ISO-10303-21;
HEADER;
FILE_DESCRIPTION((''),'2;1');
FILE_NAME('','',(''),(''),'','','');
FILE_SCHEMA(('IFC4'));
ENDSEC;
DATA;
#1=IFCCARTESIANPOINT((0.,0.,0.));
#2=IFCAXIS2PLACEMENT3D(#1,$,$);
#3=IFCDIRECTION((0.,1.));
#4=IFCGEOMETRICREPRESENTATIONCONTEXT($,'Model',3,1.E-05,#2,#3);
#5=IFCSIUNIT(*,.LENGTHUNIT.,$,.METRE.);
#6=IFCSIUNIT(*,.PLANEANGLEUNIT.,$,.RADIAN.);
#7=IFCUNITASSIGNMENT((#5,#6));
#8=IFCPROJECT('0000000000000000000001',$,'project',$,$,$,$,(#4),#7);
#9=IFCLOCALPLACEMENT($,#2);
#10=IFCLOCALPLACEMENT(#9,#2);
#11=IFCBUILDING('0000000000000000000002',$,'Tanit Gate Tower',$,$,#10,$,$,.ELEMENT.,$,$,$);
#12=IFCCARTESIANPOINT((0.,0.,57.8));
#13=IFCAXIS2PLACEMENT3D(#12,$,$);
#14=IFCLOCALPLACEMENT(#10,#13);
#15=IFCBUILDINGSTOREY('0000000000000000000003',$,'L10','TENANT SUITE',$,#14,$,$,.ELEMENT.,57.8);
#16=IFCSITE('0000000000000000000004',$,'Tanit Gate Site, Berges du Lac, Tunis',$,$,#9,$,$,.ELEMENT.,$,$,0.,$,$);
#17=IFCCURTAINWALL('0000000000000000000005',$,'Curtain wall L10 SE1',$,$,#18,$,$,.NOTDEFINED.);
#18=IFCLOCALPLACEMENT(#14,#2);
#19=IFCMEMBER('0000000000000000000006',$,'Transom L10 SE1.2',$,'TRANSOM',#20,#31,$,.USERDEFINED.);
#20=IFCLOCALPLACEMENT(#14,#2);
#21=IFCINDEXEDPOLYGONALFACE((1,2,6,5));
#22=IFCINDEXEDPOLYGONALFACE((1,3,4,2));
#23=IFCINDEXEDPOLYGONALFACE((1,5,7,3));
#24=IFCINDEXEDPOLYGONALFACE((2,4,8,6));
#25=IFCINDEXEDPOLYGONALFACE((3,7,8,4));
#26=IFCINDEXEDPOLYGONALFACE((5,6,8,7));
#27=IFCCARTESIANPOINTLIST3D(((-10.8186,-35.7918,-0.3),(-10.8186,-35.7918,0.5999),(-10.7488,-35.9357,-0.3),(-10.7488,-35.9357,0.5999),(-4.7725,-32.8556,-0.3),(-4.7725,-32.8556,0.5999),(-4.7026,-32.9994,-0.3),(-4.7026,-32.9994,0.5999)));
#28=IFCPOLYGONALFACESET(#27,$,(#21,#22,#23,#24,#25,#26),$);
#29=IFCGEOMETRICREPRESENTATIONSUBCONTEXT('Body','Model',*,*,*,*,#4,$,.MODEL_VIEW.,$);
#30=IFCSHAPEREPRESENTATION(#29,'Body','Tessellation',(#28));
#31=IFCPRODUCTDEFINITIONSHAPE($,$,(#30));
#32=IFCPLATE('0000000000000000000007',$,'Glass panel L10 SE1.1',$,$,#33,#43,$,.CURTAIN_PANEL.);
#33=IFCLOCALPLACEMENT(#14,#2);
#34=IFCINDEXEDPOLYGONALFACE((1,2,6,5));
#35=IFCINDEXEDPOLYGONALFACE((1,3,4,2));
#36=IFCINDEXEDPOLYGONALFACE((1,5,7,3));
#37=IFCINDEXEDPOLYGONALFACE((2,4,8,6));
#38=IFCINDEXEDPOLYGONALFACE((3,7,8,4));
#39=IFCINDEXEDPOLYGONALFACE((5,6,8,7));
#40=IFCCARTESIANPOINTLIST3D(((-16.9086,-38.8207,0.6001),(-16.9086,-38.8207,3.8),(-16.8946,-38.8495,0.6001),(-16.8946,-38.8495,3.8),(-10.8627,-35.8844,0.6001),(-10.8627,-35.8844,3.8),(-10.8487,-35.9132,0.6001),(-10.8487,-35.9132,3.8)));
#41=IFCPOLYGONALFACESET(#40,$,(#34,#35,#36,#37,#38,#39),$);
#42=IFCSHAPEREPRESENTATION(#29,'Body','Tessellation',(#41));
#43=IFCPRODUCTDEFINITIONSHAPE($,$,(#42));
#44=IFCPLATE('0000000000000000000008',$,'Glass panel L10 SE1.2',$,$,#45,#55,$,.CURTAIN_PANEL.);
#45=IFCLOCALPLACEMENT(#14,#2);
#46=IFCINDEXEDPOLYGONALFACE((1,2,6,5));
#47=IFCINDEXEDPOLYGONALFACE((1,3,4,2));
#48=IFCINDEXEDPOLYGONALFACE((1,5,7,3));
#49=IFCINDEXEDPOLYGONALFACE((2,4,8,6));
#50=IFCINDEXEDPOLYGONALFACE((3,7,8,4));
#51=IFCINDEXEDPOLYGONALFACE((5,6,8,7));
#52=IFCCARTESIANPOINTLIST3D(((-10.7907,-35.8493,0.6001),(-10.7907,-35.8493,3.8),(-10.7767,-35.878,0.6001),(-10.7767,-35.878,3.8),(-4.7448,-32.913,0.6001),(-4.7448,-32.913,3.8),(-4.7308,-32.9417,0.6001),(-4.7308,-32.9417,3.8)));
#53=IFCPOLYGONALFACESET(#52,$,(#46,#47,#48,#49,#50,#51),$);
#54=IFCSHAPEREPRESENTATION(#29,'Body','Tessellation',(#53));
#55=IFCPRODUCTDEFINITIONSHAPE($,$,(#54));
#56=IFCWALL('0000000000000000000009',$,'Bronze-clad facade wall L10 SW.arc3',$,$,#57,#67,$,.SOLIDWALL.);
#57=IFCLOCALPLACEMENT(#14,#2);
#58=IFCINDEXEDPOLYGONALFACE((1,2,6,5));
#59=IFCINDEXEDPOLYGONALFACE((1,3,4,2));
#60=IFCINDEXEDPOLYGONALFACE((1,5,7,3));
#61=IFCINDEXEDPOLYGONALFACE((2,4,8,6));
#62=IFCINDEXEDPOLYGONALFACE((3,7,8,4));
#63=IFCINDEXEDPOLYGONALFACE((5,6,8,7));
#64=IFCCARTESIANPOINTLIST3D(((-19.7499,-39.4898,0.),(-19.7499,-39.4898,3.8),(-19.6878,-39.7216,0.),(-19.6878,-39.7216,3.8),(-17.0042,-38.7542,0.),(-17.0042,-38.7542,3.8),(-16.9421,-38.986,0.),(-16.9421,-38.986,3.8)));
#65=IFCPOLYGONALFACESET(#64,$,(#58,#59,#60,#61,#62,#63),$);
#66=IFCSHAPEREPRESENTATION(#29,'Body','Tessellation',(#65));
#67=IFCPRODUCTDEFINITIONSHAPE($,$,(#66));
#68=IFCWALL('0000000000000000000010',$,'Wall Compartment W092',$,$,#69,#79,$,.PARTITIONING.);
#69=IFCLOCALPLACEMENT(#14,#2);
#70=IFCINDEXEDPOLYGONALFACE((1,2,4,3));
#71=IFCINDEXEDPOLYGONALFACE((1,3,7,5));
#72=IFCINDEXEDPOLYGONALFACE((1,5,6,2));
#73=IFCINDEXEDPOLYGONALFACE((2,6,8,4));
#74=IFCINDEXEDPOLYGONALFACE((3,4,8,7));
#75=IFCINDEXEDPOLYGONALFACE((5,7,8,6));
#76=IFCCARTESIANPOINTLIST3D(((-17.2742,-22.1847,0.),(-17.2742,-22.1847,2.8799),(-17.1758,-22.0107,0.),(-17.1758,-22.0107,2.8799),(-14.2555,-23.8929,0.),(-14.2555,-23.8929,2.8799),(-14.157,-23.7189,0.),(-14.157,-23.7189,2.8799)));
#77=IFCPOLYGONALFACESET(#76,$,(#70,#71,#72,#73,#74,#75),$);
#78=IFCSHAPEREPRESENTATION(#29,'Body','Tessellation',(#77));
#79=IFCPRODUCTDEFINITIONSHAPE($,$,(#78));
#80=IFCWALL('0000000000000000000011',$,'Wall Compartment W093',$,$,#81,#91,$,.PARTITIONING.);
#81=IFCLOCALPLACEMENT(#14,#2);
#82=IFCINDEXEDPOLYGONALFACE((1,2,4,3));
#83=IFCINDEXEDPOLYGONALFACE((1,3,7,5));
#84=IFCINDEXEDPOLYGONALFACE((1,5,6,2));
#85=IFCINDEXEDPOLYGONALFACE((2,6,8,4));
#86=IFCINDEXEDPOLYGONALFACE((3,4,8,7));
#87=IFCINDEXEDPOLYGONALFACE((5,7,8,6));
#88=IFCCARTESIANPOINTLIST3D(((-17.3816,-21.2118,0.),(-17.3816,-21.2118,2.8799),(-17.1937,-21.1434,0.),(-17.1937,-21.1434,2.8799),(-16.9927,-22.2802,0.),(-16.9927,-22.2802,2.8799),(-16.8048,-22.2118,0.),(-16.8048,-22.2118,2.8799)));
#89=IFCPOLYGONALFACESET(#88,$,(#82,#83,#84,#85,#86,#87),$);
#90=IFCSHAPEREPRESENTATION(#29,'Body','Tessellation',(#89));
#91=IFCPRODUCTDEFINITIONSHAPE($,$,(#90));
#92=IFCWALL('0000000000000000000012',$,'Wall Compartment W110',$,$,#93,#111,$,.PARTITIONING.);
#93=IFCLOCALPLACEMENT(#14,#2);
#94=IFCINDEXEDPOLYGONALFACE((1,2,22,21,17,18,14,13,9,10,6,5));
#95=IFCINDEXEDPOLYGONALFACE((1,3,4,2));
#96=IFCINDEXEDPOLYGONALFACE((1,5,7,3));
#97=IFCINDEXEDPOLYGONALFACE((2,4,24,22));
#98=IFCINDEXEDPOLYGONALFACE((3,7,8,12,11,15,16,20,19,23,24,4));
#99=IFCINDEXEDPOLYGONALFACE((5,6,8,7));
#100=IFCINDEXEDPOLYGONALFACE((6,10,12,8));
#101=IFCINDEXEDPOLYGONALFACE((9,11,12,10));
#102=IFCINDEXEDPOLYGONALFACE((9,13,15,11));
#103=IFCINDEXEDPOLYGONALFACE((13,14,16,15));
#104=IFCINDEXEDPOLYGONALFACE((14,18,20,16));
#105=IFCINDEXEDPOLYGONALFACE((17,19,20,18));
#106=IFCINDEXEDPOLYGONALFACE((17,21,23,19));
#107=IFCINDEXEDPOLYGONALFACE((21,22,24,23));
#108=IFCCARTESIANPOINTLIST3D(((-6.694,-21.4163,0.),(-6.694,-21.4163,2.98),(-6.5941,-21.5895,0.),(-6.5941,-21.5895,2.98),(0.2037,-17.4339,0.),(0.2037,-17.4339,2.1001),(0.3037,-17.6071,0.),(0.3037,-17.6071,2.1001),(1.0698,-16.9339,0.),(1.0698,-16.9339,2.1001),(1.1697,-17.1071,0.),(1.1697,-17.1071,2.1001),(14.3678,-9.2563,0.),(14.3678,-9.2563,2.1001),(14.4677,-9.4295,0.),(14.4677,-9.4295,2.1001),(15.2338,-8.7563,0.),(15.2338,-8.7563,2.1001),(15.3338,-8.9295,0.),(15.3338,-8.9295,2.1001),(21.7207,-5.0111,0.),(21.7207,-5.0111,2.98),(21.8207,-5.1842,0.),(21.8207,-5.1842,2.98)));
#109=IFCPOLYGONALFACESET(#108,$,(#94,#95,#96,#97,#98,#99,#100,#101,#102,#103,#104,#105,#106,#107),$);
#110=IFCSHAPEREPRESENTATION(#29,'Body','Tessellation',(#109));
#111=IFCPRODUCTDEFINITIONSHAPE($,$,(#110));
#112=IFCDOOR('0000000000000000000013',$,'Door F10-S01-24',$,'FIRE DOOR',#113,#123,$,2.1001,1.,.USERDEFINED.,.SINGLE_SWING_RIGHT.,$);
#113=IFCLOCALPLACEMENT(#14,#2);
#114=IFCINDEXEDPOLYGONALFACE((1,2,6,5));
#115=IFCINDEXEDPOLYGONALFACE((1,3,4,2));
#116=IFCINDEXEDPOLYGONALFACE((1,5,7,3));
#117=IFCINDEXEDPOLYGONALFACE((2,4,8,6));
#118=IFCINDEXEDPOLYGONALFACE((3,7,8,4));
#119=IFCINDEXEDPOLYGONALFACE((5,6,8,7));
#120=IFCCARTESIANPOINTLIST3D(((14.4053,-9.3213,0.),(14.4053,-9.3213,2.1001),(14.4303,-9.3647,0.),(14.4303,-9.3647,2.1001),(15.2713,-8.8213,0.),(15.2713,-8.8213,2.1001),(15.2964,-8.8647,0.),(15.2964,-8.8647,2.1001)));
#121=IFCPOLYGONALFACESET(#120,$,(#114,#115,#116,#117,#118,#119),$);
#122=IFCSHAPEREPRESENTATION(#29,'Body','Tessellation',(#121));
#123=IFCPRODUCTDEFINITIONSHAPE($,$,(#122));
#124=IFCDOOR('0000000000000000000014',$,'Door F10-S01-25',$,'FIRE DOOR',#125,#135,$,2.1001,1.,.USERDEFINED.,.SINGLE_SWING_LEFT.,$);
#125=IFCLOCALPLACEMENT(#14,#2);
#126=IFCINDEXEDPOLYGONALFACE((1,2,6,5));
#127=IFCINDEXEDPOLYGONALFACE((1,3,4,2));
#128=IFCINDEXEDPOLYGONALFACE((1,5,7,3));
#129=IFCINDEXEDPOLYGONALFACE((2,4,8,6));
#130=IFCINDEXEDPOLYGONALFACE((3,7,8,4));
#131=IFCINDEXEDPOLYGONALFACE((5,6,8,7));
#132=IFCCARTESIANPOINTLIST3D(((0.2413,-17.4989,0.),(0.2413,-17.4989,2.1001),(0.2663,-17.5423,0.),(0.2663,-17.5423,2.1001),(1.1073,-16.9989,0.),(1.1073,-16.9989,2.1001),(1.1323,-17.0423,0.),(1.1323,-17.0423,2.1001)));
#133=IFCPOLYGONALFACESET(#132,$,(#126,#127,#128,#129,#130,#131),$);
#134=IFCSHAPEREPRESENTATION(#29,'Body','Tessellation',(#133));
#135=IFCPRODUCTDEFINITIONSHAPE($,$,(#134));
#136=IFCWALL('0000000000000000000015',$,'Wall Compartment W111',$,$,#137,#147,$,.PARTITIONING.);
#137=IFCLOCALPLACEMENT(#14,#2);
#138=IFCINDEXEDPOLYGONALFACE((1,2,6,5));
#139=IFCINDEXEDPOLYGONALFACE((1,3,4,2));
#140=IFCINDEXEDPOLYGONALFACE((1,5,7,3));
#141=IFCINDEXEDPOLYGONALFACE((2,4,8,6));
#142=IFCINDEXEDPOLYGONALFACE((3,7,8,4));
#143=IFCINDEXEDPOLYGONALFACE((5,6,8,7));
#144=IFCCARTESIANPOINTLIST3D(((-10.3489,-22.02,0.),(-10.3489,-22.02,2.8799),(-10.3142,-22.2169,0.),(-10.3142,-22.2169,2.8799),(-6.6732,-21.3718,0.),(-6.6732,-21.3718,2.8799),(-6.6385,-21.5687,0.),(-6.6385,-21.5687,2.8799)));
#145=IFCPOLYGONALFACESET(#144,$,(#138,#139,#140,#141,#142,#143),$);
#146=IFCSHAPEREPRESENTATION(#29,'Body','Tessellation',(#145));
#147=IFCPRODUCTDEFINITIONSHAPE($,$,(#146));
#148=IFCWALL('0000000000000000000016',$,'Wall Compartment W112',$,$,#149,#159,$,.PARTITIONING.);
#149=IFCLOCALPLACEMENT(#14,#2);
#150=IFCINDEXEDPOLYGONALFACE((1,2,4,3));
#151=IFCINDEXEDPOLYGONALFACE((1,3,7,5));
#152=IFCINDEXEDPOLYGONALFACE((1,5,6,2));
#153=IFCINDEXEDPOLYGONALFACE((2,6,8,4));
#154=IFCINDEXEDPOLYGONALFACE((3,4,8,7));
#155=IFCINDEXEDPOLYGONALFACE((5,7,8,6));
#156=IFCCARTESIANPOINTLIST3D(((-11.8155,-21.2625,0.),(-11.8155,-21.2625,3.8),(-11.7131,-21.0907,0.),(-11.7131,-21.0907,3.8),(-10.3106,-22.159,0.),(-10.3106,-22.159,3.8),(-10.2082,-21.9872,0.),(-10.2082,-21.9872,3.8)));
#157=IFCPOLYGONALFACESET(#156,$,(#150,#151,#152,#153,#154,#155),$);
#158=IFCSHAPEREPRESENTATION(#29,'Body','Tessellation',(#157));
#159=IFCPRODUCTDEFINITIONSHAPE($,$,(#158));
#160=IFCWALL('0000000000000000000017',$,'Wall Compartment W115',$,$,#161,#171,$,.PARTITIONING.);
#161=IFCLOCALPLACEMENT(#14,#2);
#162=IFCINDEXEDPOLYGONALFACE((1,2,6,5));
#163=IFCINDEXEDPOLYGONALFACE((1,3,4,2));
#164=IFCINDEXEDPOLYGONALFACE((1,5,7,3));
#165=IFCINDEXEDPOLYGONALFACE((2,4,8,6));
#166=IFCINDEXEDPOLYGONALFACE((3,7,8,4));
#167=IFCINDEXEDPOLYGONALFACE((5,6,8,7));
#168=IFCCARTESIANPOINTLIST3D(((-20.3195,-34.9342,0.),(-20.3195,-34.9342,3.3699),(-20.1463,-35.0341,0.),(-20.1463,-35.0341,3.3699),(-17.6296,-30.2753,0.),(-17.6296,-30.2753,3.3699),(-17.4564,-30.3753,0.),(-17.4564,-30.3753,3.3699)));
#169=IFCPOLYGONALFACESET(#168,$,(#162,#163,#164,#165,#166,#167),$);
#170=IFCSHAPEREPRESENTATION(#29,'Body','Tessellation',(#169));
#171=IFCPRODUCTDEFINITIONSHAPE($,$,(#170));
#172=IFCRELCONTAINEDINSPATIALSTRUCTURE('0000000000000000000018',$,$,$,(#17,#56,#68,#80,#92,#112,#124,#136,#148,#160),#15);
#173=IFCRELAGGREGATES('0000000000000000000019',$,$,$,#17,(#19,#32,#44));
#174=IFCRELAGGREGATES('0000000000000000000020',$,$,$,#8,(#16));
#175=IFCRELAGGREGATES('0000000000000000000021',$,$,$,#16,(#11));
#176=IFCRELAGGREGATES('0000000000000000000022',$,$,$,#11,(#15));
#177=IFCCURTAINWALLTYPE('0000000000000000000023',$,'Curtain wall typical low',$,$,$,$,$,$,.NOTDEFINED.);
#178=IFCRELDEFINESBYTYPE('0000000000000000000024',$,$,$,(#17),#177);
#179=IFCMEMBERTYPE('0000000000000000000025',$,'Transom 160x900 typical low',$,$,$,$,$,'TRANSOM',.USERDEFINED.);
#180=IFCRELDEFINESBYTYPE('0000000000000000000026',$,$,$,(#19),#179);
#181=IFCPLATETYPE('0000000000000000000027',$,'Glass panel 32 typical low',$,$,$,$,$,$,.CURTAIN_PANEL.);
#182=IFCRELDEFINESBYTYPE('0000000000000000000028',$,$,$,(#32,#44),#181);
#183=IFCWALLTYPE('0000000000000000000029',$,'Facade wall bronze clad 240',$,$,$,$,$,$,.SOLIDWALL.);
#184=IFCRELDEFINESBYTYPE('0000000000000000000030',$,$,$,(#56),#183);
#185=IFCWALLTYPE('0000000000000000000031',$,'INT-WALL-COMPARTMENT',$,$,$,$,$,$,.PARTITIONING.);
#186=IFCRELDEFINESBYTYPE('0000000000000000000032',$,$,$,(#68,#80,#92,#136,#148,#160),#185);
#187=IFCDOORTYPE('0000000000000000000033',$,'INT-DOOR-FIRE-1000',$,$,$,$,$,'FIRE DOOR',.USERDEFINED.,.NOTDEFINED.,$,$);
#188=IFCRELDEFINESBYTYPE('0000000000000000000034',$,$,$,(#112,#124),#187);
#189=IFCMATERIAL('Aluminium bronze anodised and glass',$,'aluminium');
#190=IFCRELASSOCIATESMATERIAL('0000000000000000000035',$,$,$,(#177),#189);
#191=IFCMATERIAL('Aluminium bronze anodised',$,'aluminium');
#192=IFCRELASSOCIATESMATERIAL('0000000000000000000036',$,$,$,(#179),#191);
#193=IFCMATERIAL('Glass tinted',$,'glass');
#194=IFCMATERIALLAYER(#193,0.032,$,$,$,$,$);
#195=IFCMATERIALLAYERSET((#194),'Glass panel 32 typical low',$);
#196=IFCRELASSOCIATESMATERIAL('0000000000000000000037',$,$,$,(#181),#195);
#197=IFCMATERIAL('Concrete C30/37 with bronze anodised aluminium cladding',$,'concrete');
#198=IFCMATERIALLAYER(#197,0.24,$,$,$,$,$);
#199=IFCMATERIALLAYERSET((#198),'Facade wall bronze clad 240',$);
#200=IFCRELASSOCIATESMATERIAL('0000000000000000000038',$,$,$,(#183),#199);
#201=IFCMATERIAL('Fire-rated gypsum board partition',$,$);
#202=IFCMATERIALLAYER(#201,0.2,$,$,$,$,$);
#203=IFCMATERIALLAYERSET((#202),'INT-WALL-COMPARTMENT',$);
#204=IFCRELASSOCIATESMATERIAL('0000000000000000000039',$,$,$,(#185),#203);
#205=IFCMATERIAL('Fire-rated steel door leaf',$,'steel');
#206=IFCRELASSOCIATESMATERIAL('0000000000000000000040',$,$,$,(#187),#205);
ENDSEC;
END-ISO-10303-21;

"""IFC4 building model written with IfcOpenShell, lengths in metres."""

from ifc_helpers import new_model, si_unit, direction, frame, frame_2d, origin, origin_2d, place, context, subcontext, project, spatial, rectangle, extrude, material, layer, layer_set, material_profile, profile_set, type_object, element, fill, aggregate, save


model = new_model("IFC4")

# Units and contexts
model_context = context("Model", 3, precision=1e-05, world=origin(), true_north=direction((0.0, 1.0)))
body_context = subcontext(model_context, "Body", "Model", "MODEL_VIEW")
ifc_project = project(units=[si_unit("LENGTHUNIT", "METRE"), si_unit("PLANEANGLEUNIT", "RADIAN")], contexts=[model_context])

# Site, building, storey
site_placement = place(None, origin())
site = spatial("IfcSite", under=ifc_project, at=site_placement, Name="Tanit Gate Site, Berges du Lac, Tunis", CompositionType="ELEMENT", RefElevation=0.0)
building_placement = place(site_placement, origin())
building = spatial("IfcBuilding", under=site, at=building_placement, Name="Tanit Gate Tower", CompositionType="ELEMENT")
storey_placement = place(building_placement, frame((0.0, 0.0, 57.8)))
storey = spatial("IfcBuildingStorey", under=building, at=storey_placement, Name="L10", Description="TENANT SUITE", CompositionType="ELEMENT", Elevation=57.8)

# Curtain wall
ifc_material_1 = material(Name="Aluminium bronze anodised and glass", Category="aluminium")
curtain_wall_type = type_object("IfcCurtainWallType", Name="Curtain wall typical low", PredefinedType="NOTDEFINED", material=ifc_material_1)
curtain_wall_placement = place(storey_placement, origin())
curtain_wall = element("IfcCurtainWall", 1, at=curtain_wall_placement, inside=storey, type_object=curtain_wall_type, Name="Curtain wall L10 SE1", PredefinedType="NOTDEFINED")

# Member
ifc_material_2 = material(Name="Aluminium bronze anodised", Category="aluminium")
ifc_material_profile_1 = material_profile(ifc_material_2, rectangle(XDim=0.1599, YDim=0.8999, at=origin_2d()), Name="160x900 bronze transom")
ifc_profile_set_1 = profile_set([ifc_material_profile_1], Name="Aluminium bronze anodised")
member_type_1 = type_object("IfcMemberType", Name="Transom 160x900 typical low", ElementType="TRANSOM", PredefinedType="USERDEFINED", material=ifc_profile_set_1)
member_1_placement = place(storey_placement, frame((-10.7837, -35.8638, 0.1499), z_axis=(0.899533, 0.436854, 0.0), x_axis=(-0.436854, 0.899533, 0.0)))
member_1 = element("IfcMember", 2, at=member_1_placement, type_object=member_type_1, Name="Transom L10 SE1.2", ObjectType="TRANSOM", PredefinedType="USERDEFINED", context=body_context, shape_type="SweptSolid", body=[
    extrude(rectangle(XDim=0.1599, YDim=0.8999, at=origin_2d()), origin(), (0.0, 0.0, 1.0), 6.7214),
])

# Plates
ifc_material_3 = material(Name="Glass tinted", Category="glass")
ifc_layer_1 = layer(ifc_material_3, 0.032)
ifc_layer_set_1 = layer_set([ifc_layer_1], Name="Glass panel 32 typical low")
plate_type = type_object("IfcPlateType", Name="Glass panel 32 typical low", PredefinedType="CURTAIN_PANEL", material=ifc_layer_set_1)
plate_1_placement = place(storey_placement, frame((-13.8787, -37.3669, 0.6001), z_axis=(0.0, 0.0, 1.0), x_axis=(0.899523, 0.436873, 0.0)))
plate_1 = element("IfcPlate", 3, at=plate_1_placement, type_object=plate_type, Name="Glass panel L10 SE1.1", PredefinedType="CURTAIN_PANEL", context=body_context, shape_type="SweptSolid", body=[
    extrude(rectangle(XDim=6.7212, YDim=0.032, at=origin_2d()), origin(), (0.0, 0.0, 1.0), 3.2),
])
plate_2_placement = place(storey_placement, frame((-7.7607, -34.3955, 0.6001), z_axis=(0.0, 0.0, 1.0), x_axis=(0.899523, 0.436873, 0.0)))
plate_2 = element("IfcPlate", 4, at=plate_2_placement, type_object=plate_type, Name="Glass panel L10 SE1.2", PredefinedType="CURTAIN_PANEL", context=body_context, shape_type="SweptSolid", body=[
    extrude(rectangle(XDim=6.7212, YDim=0.032, at=origin_2d()), origin(), (0.0, 0.0, 1.0), 3.2),
])
aggregate(curtain_wall, [member_1, plate_1, plate_2])

# Walls
ifc_material_4 = material(Name="Concrete C30/37 with bronze anodised aluminium cladding", Category="concrete")
ifc_layer_2 = layer(ifc_material_4, 0.24)
ifc_layer_set_2 = layer_set([ifc_layer_2], Name="Facade wall bronze clad 240")
wall_type_1 = type_object("IfcWallType", Name="Facade wall bronze clad 240", PredefinedType="SOLIDWALL", material=ifc_layer_set_2)
wall_1_placement = place(storey_placement, frame((-19.719, -39.6057, 0.0), z_axis=(0.0, 0.0, 1.0), x_axis=(0.965933, 0.25879, 0.0)))
element("IfcWall", 5, at=wall_1_placement, inside=storey, type_object=wall_type_1, Name="Bronze-clad facade wall L10 SW.arc3", PredefinedType="SOLIDWALL", context=body_context, shape_type="SweptSolid", body=[
    extrude(rectangle(XDim=2.8425, YDim=0.24, at=frame_2d((1.4214, 0.0))), origin(), (0.0, 0.0, 1.0), 3.8),
])
ifc_material_5 = material(Name="Fire-rated gypsum board partition")
ifc_layer_3 = layer(ifc_material_5, 0.2)
ifc_layer_set_3 = layer_set([ifc_layer_3], Name="INT-WALL-COMPARTMENT")
wall_type_2 = type_object("IfcWallType", Name="INT-WALL-COMPARTMENT", PredefinedType="PARTITIONING", material=ifc_layer_set_3)
wall_2_placement = place(storey_placement, frame((-17.2251, -22.0977, 0.0), z_axis=(0.0, 0.0, 1.0), x_axis=(0.870319, -0.492489, 0.0)))
element("IfcWall", 6, at=wall_2_placement, inside=storey, type_object=wall_type_2, Name="Wall Compartment W092", PredefinedType="PARTITIONING", context=body_context, shape_type="SweptSolid", body=[
    extrude(rectangle(XDim=3.4685, YDim=0.2, at=frame_2d((1.7344, 0.0))), origin(), (0.0, 0.0, 1.0), 2.8799),
])
wall_3_placement = place(storey_placement, frame((-17.2876, -21.1777, 0.0), z_axis=(0.0, 0.0, 1.0), x_axis=(0.342071, -0.939674, 0.0)))
element("IfcWall", 7, at=wall_3_placement, inside=storey, type_object=wall_type_2, Name="Wall Compartment W093", PredefinedType="PARTITIONING", context=body_context, shape_type="SweptSolid", body=[
    extrude(rectangle(XDim=1.137, YDim=0.2, at=frame_2d((0.5684, 0.0))), origin(), (0.0, 0.0, 1.0), 2.8799),
])

# Wall, openings, doors
wall_4_placement = place(storey_placement, frame((-6.644, -21.5029, 0.0), z_axis=(0.0, 0.0, 1.0), x_axis=(0.866026, 0.5, 0.0)))
wall_4 = element("IfcWall", 8, at=wall_4_placement, inside=storey, type_object=wall_type_2, Name="Wall Compartment W110", PredefinedType="PARTITIONING", context=body_context, shape_type="SweptSolid", body=[
    extrude(rectangle(XDim=32.8105, YDim=0.2, at=frame_2d((16.4053, 0.0))), origin(), (0.0, 0.0, 1.0), 2.98),
])
opening_1_placement = place(wall_4_placement, frame((24.3201, 0.0, 0.0)))
opening_1 = element("IfcOpeningElement", 9, at=opening_1_placement, cuts=wall_4, PredefinedType="OPENING", context=body_context, shape_type="SweptSolid", body=[
    extrude(rectangle(XDim=1.0, YDim=2.1001, at=frame_2d((0.5, 1.05))), frame((0.0, 0.1099, 0.0), z_axis=(0.0, -1.0, 0.0), x_axis=(1.0, 0.0, 0.0)), (0.0, 0.0, 1.0), 0.22),
])
opening_2_placement = place(wall_4_placement, frame((7.9648, 0.0, 0.0)))
opening_2 = element("IfcOpeningElement", 10, at=opening_2_placement, cuts=wall_4, PredefinedType="OPENING", context=body_context, shape_type="SweptSolid", body=[
    extrude(rectangle(XDim=1.0, YDim=2.1001, at=frame_2d((0.5, 1.05))), frame((0.0, 0.1099, 0.0), z_axis=(0.0, -1.0, 0.0), x_axis=(1.0, 0.0, 0.0)), (0.0, 0.0, 1.0), 0.22),
])
ifc_material_6 = material(Name="Fire-rated steel door leaf", Category="steel")
door_type = type_object("IfcDoorType", Name="INT-DOOR-FIRE-1000", ElementType="FIRE DOOR", OperationType="NOTDEFINED", PredefinedType="USERDEFINED", material=ifc_material_6)
door_1_placement = place(opening_1_placement, origin())
door_1 = element("IfcDoor", 11, at=door_1_placement, inside=storey, type_object=door_type, Name="Door F10-S01-24", ObjectType="FIRE DOOR", OperationType="SINGLE_SWING_RIGHT", OverallHeight=2.1001, OverallWidth=1.0, PredefinedType="USERDEFINED", context=body_context, shape_type="SweptSolid", body=[
    extrude(rectangle(XDim=1.0, YDim=2.1001, at=frame_2d((0.5, 1.05))), frame((0.0, 0.0249, 0.0), z_axis=(0.0, -1.0, 0.0), x_axis=(1.0, 0.0, 0.0)), (0.0, 0.0, 1.0), 0.05),
])
fill(opening_1, door_1)
door_2_placement = place(opening_2_placement, origin())
door_2 = element("IfcDoor", 12, at=door_2_placement, inside=storey, type_object=door_type, Name="Door F10-S01-25", ObjectType="FIRE DOOR", OperationType="SINGLE_SWING_LEFT", OverallHeight=2.1001, OverallWidth=1.0, PredefinedType="USERDEFINED", context=body_context, shape_type="SweptSolid", body=[
    extrude(rectangle(XDim=1.0, YDim=2.1001, at=frame_2d((0.5, 1.05))), frame((0.0, 0.0249, 0.0), z_axis=(0.0, -1.0, 0.0), x_axis=(1.0, 0.0, 0.0)), (0.0, 0.0, 1.0), 0.05),
])
fill(opening_2, door_2)

# Walls
wall_5_placement = place(storey_placement, frame((-10.3315, -22.1184, 0.0), z_axis=(0.0, 0.0, 1.0), x_axis=(0.984805, 0.173662, 0.0)))
element("IfcWall", 13, at=wall_5_placement, inside=storey, type_object=wall_type_2, Name="Wall Compartment W111", PredefinedType="PARTITIONING", context=body_context, shape_type="SweptSolid", body=[
    extrude(rectangle(XDim=3.7324, YDim=0.2, at=frame_2d((1.8662, 0.0))), origin(), (0.0, 0.0, 1.0), 2.8799),
])
wall_6_placement = place(storey_placement, frame((-11.7644, -21.1765, 0.0), z_axis=(0.0, 0.0, 1.0), x_axis=(0.859112, -0.511788, 0.0)))
element("IfcWall", 14, at=wall_6_placement, inside=storey, type_object=wall_type_2, Name="Wall Compartment W112", PredefinedType="PARTITIONING", context=body_context, shape_type="SweptSolid", body=[
    extrude(rectangle(XDim=1.7517, YDim=0.2, at=frame_2d((0.876, 0.0))), origin(), (0.0, 0.0, 1.0), 3.8),
])
wall_7_placement = place(storey_placement, frame((-17.543, -30.3252, 0.0), z_axis=(0.0, 0.0, 1.0), x_axis=(-0.500014, -0.866017, 0.0)))
element("IfcWall", 15, at=wall_7_placement, inside=storey, type_object=wall_type_2, Name="Wall Compartment W115", PredefinedType="PARTITIONING", context=body_context, shape_type="SweptSolid", body=[
    extrude(rectangle(XDim=5.3796, YDim=0.2, at=frame_2d((2.6899, 0.0))), origin(), (0.0, 0.0, 1.0), 3.3699),
])

save(model, "model.ifc")
